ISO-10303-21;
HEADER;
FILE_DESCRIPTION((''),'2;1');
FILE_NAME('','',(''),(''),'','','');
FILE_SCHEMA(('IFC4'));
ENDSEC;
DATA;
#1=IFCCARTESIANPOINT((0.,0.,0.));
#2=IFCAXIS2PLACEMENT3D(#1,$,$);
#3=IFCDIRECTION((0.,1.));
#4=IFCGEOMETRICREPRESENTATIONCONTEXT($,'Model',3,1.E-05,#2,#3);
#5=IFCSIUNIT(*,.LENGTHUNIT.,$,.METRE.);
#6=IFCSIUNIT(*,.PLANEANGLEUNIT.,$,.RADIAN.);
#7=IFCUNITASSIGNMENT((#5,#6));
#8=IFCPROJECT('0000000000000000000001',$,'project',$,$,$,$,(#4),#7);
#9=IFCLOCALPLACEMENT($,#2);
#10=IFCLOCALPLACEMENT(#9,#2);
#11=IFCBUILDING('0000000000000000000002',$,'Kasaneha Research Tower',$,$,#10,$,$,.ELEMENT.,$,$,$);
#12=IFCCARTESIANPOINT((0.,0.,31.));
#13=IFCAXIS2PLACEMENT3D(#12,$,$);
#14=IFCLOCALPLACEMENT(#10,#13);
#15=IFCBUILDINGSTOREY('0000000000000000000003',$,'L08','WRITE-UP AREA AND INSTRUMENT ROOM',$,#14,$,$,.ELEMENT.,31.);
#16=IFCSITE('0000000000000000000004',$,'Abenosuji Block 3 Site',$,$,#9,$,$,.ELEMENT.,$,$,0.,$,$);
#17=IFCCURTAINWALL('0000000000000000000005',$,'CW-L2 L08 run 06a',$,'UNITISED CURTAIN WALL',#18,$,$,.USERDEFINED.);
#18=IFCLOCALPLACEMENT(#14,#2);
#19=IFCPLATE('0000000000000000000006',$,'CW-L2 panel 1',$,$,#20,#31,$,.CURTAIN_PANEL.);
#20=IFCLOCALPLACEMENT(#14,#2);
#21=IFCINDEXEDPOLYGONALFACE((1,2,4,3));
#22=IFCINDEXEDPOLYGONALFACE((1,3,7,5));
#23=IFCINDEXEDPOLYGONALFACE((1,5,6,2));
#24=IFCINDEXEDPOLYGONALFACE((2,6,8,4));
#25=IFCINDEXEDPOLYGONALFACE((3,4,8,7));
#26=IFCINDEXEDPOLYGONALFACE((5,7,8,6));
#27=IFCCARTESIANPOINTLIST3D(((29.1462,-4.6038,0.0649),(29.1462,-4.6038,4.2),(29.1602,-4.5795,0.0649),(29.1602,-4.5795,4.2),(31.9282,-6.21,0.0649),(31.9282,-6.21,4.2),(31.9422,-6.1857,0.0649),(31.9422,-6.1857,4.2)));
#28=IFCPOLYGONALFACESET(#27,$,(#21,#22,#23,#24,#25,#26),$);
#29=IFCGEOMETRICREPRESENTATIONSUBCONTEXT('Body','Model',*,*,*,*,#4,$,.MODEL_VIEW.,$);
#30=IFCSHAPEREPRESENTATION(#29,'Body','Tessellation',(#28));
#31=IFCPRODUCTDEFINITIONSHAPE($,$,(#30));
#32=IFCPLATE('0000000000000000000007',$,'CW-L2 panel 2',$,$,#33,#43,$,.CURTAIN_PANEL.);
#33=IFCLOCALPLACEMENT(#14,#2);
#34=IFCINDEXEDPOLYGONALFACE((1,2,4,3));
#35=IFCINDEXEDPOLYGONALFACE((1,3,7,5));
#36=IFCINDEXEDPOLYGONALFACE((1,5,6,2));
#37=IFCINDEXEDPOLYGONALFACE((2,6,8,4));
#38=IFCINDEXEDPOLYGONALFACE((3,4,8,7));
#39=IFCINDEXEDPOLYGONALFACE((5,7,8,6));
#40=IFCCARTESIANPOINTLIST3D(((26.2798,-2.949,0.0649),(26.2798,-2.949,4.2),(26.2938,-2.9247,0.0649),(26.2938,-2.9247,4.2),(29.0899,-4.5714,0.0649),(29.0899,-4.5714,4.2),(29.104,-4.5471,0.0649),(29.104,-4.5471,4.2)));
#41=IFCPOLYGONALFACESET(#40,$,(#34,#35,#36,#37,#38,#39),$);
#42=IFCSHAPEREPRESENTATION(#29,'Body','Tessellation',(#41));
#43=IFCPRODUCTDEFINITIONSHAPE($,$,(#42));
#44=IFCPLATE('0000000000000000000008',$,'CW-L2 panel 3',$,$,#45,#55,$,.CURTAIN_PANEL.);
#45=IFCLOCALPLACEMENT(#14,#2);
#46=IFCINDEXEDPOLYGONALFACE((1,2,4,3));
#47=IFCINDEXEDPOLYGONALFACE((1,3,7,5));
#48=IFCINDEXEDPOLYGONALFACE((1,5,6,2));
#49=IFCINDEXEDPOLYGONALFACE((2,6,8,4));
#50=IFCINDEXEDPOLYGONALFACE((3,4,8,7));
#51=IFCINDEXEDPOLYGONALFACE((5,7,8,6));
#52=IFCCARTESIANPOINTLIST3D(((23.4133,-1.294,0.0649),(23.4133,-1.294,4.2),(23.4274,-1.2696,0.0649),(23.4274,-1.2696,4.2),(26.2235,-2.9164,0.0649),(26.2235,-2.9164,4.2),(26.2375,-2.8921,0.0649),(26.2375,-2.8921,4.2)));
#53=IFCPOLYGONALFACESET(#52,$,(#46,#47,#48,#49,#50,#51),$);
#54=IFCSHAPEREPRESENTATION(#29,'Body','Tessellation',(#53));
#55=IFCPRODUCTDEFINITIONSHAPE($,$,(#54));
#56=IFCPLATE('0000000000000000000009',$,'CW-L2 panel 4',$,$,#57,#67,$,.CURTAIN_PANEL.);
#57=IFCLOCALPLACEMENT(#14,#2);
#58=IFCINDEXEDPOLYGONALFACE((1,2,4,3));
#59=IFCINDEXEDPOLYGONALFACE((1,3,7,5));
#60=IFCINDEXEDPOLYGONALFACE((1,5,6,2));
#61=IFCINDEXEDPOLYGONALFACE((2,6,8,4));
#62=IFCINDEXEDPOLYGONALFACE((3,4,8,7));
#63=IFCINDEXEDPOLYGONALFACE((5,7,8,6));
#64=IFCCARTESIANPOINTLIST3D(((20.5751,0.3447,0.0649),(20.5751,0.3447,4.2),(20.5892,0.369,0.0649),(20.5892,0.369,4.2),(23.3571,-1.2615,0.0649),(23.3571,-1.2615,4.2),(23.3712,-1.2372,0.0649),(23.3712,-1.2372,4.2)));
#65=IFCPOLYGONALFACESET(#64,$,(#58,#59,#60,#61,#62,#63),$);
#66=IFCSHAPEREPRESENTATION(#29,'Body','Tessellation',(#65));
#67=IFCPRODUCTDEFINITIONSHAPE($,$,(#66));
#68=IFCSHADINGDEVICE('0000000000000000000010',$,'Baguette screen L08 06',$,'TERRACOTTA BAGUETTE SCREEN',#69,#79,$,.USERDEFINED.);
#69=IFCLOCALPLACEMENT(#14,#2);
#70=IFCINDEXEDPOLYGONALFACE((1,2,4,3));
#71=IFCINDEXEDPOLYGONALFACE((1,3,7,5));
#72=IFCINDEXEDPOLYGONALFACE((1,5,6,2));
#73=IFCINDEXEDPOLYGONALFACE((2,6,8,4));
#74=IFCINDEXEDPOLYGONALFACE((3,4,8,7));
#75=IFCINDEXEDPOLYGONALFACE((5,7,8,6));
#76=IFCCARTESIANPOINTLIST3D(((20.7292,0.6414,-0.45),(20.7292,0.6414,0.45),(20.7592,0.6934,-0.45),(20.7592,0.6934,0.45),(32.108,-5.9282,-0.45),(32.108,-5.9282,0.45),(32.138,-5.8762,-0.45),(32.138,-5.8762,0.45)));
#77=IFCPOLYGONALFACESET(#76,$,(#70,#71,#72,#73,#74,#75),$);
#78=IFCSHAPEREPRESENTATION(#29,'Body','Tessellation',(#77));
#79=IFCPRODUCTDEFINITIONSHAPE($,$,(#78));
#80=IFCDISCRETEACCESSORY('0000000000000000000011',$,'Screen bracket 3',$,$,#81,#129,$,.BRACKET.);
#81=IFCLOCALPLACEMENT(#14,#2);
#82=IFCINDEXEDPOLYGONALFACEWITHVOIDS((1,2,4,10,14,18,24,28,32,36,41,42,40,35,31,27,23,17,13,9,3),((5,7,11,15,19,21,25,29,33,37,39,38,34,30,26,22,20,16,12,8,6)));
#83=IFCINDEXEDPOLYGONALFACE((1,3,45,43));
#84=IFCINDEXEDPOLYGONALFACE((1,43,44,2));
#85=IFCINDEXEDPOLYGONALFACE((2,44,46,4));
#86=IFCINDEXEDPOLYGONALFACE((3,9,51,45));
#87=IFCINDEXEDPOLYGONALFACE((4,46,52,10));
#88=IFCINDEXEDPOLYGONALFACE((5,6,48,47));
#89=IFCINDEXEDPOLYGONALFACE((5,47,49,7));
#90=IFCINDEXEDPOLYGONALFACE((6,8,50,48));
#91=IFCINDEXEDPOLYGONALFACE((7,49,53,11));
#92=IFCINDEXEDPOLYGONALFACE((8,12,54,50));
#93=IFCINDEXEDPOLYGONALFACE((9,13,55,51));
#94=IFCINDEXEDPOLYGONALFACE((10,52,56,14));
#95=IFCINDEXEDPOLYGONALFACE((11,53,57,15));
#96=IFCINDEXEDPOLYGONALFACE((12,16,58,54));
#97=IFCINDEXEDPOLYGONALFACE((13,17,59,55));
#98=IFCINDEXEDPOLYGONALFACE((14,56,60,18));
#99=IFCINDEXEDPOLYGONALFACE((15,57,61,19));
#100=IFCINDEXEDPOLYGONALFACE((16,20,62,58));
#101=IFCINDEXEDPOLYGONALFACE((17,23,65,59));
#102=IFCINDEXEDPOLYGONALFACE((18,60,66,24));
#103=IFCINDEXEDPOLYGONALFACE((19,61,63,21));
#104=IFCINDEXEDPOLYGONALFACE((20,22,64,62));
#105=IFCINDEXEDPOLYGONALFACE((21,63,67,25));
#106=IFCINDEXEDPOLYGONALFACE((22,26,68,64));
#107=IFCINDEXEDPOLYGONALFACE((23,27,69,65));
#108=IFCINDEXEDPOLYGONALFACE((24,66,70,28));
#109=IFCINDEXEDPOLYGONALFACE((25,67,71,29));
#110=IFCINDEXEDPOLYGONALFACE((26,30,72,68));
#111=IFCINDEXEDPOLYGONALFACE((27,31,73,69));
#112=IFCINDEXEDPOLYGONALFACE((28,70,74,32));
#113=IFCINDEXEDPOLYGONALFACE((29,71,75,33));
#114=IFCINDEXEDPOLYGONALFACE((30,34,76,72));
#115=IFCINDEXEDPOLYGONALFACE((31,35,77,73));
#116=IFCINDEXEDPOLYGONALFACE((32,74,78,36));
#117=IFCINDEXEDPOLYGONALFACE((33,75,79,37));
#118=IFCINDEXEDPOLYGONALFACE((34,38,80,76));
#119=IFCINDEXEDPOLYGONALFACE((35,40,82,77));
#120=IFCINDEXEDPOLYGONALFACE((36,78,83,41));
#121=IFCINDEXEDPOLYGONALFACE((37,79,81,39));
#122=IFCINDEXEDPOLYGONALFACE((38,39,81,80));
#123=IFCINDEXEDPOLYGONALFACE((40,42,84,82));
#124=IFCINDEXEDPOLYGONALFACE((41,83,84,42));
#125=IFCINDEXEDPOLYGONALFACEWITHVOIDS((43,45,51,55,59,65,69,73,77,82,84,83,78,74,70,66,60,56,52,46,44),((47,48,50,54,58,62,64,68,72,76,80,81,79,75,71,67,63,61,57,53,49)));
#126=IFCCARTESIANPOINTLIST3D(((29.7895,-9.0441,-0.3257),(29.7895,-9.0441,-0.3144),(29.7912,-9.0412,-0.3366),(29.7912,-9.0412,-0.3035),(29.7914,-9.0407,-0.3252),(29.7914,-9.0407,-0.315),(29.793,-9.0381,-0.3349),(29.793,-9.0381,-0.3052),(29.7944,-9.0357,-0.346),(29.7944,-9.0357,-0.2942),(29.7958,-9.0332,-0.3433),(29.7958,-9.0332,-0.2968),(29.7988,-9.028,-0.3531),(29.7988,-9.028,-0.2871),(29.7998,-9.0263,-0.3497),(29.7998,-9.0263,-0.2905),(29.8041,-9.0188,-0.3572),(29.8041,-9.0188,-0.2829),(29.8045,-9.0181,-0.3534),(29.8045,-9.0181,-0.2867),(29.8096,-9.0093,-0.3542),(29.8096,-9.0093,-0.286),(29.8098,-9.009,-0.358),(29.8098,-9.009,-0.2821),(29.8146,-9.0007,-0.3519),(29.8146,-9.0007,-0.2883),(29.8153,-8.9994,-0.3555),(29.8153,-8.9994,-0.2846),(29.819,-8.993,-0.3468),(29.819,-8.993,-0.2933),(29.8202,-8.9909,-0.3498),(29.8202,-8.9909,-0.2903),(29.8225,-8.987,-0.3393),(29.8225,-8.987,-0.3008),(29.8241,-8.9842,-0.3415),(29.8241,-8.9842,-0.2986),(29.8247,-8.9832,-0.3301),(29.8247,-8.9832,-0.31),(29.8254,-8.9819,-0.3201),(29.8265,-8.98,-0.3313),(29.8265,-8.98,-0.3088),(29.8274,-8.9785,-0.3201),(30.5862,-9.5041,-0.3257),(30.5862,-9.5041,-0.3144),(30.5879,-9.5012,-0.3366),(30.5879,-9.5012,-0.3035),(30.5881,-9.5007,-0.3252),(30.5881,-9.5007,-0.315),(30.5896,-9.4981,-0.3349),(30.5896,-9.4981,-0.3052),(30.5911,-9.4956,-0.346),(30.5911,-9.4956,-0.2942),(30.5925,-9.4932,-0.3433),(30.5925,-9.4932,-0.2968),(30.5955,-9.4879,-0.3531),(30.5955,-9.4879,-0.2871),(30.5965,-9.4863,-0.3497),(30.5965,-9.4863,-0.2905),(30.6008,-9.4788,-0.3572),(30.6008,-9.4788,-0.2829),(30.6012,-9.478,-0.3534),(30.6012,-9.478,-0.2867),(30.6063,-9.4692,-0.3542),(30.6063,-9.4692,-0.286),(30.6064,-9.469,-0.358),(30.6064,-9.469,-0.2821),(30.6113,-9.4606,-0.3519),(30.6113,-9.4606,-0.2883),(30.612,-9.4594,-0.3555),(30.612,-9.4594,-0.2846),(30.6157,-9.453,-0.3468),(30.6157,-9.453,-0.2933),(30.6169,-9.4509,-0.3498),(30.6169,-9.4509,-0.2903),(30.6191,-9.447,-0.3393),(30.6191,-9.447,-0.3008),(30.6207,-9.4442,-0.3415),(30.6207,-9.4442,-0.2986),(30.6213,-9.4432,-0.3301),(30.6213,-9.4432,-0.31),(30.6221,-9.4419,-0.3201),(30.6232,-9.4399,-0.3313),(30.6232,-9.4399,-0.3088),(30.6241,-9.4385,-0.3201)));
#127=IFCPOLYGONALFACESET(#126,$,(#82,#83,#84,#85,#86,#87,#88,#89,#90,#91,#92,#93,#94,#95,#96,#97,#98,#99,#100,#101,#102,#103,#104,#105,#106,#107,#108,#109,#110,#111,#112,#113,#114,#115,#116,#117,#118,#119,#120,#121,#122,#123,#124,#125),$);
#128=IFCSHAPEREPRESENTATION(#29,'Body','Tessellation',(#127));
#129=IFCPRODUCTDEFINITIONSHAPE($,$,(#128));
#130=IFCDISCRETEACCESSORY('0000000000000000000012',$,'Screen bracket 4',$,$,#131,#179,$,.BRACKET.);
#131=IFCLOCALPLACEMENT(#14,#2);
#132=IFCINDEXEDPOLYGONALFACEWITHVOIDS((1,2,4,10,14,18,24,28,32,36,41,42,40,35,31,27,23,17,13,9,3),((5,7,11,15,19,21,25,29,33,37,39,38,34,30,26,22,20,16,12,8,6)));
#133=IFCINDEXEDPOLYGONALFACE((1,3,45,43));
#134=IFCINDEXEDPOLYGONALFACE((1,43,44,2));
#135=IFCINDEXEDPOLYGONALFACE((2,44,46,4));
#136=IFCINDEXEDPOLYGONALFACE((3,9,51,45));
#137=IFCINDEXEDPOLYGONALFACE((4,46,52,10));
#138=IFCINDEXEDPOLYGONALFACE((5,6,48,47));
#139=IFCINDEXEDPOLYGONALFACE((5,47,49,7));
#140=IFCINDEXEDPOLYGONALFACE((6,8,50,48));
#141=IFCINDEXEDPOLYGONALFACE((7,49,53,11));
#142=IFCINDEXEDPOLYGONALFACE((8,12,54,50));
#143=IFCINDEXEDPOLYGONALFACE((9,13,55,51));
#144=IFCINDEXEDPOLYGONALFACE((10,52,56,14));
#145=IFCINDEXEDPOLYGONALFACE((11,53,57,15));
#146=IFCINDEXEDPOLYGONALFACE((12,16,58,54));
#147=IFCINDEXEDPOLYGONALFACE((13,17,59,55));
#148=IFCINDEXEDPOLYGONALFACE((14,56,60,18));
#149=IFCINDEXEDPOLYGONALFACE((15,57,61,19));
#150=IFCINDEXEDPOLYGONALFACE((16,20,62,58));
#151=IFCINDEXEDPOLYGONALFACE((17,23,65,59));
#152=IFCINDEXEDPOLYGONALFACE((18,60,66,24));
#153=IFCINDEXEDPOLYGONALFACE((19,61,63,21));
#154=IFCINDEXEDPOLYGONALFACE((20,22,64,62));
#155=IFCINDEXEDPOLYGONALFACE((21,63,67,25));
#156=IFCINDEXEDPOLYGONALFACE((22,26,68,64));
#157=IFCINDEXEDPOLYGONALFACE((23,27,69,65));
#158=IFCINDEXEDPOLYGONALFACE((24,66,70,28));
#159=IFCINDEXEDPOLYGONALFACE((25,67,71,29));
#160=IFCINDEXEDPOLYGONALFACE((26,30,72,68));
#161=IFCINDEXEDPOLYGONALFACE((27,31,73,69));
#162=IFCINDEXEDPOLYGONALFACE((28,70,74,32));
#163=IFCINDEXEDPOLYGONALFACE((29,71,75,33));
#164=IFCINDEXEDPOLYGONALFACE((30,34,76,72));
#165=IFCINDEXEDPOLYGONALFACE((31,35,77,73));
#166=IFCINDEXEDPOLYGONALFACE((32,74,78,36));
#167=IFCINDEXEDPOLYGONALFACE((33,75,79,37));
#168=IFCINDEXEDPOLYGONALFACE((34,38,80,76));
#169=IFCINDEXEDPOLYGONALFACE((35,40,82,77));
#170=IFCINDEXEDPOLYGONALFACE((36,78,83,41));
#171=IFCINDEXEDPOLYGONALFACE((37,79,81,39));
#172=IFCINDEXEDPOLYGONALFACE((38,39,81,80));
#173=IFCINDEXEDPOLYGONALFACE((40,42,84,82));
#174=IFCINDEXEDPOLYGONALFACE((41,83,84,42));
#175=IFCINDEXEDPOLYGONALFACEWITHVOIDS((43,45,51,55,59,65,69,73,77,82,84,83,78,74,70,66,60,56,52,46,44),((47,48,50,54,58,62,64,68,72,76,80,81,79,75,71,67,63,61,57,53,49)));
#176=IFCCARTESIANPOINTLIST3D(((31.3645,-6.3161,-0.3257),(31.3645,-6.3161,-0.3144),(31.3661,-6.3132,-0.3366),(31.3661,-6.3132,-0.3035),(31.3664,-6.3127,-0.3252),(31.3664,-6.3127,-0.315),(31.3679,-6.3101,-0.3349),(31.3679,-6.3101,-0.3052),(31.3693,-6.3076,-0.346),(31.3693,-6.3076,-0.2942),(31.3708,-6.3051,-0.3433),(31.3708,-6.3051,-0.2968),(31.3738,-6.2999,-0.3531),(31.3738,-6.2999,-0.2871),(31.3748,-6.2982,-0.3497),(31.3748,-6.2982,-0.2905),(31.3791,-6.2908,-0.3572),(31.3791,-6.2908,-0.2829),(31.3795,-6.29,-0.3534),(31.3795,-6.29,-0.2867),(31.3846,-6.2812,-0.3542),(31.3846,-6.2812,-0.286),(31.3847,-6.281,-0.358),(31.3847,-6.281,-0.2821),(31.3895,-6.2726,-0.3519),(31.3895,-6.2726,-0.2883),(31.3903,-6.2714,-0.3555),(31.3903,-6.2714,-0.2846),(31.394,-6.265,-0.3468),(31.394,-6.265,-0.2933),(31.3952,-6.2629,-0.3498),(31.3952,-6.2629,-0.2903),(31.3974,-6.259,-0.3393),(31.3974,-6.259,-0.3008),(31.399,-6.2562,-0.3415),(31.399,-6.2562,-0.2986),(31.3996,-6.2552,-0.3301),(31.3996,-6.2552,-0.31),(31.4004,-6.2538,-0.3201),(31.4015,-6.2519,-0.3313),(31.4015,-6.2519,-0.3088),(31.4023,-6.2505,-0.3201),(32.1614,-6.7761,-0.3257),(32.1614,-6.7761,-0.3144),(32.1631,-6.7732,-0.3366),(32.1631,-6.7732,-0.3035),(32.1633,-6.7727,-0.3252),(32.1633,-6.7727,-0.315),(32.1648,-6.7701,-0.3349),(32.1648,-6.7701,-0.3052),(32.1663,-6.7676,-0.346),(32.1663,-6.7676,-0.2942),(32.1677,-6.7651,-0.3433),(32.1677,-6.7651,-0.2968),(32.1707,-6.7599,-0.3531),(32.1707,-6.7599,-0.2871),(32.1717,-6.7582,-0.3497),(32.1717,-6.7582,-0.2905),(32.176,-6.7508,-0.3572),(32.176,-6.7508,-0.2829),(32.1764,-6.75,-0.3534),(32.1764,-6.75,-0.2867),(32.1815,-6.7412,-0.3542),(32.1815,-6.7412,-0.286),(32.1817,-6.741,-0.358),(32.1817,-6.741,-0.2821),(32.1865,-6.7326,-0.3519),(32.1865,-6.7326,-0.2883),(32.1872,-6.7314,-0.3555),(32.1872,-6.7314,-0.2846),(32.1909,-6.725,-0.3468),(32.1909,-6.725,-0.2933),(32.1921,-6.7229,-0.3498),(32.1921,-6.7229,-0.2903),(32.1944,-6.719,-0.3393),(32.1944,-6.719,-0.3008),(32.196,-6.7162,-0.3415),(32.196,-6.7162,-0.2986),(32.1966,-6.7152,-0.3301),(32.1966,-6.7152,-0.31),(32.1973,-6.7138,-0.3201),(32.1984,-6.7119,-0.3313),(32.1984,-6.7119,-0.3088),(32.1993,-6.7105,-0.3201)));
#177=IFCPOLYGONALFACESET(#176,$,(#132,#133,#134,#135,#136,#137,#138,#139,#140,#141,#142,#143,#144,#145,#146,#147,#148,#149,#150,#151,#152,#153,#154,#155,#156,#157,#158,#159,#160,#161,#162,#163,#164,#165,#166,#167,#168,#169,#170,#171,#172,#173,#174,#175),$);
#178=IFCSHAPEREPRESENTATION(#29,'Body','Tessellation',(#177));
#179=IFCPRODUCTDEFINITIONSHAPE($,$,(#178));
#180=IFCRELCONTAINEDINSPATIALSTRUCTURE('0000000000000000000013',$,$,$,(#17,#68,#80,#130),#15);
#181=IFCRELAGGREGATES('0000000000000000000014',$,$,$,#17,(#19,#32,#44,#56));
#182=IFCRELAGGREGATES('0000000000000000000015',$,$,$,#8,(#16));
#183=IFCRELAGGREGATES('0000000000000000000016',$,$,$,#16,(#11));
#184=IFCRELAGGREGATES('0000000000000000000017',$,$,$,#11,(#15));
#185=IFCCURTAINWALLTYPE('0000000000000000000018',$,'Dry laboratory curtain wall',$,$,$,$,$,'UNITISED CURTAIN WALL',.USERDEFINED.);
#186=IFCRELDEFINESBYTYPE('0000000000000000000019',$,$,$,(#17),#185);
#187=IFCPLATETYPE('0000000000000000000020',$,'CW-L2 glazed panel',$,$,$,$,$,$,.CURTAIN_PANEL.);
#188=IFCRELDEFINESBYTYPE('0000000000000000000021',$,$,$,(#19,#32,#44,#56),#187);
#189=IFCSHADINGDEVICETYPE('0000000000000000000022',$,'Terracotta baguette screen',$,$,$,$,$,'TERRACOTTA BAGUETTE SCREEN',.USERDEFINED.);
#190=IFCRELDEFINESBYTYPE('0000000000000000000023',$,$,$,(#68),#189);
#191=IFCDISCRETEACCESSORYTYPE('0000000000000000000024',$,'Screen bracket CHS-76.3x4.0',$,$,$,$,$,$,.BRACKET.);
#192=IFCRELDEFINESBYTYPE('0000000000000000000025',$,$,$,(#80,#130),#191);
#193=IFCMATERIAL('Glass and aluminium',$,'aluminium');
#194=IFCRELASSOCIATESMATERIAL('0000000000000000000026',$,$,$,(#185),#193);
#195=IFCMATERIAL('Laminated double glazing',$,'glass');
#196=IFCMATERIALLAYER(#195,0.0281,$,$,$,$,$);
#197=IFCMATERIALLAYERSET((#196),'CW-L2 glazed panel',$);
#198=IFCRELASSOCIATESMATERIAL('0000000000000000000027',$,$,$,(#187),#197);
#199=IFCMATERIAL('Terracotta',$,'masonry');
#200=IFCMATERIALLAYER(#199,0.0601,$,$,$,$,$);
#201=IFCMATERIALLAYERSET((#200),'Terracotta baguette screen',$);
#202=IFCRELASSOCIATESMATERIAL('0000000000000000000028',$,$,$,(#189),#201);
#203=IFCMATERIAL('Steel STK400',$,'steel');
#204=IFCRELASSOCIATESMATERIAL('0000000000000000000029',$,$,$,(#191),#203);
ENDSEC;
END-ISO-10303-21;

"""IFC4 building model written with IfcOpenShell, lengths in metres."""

from ifc_helpers import new_model, si_unit, direction, frame, origin, origin_2d, place, context, subcontext, project, spatial, rectangle, hollow_circle, extrude, material, layer, layer_set, material_profile, profile_set, type_object, element, aggregate, save


model = new_model("IFC4")

# Units and contexts
model_context = context("Model", 3, precision=1e-05, world=origin(), true_north=direction((0.0, 1.0)))
body_context = subcontext(model_context, "Body", "Model", "MODEL_VIEW")
ifc_project = project(units=[si_unit("LENGTHUNIT", "METRE"), si_unit("PLANEANGLEUNIT", "RADIAN")], contexts=[model_context])

# Site, building, storey
site_placement = place(None, origin())
site = spatial("IfcSite", under=ifc_project, at=site_placement, Name="Abenosuji Block 3 Site", CompositionType="ELEMENT", RefElevation=0.0)
building_placement = place(site_placement, origin())
building = spatial("IfcBuilding", under=site, at=building_placement, Name="Kasaneha Research Tower", CompositionType="ELEMENT")
storey_placement = place(building_placement, frame((0.0, 0.0, 31.0)))
storey = spatial("IfcBuildingStorey", under=building, at=storey_placement, Name="L08", Description="WRITE-UP AREA AND INSTRUMENT ROOM", CompositionType="ELEMENT", Elevation=31.0)

# Curtain wall
ifc_material_1 = material(Name="Glass and aluminium", Category="aluminium")
curtain_wall_type = type_object("IfcCurtainWallType", Name="Dry laboratory curtain wall", ElementType="UNITISED CURTAIN WALL", PredefinedType="USERDEFINED", material=ifc_material_1)
curtain_wall_1_placement = place(storey_placement, origin())
curtain_wall_1 = element("IfcCurtainWall", 1, at=curtain_wall_1_placement, inside=storey, type_object=curtain_wall_type, Name="CW-L2 L08 run 06a", ObjectType="UNITISED CURTAIN WALL", PredefinedType="USERDEFINED")

# Plates
ifc_material_2 = material(Name="Laminated double glazing", Category="glass")
ifc_layer_1 = layer(ifc_material_2, 0.0281)
ifc_layer_set_1 = layer_set([ifc_layer_1], Name="CW-L2 glazed panel")
plate_type = type_object("IfcPlateType", Name="CW-L2 glazed panel", PredefinedType="CURTAIN_PANEL", material=ifc_layer_set_1)
plate_1_placement = place(storey_placement, frame((30.5442, -5.3948, 0.0649), z_axis=(0.0, 0.0, 1.0), x_axis=(-0.866025, 0.5, 0.0)))
plate_1 = element("IfcPlate", 2, at=plate_1_placement, type_object=plate_type, Name="CW-L2 panel 1", PredefinedType="CURTAIN_PANEL", context=body_context, shape_type="SweptSolid", body=[
    extrude(rectangle(XDim=3.2124, YDim=0.0281, at=origin_2d()), origin(), (0.0, 0.0, 1.0), 4.135),
])
plate_2_placement = place(storey_placement, frame((27.6919, -3.748, 0.0649), z_axis=(0.0, 0.0, 1.0), x_axis=(-0.866025, 0.5, 0.0)))
plate_2 = element("IfcPlate", 3, at=plate_2_placement, type_object=plate_type, Name="CW-L2 panel 2", PredefinedType="CURTAIN_PANEL", context=body_context, shape_type="SweptSolid", body=[
    extrude(rectangle(XDim=3.2449, YDim=0.0281, at=origin_2d()), origin(), (0.0, 0.0, 1.0), 4.135),
])
plate_3_placement = place(storey_placement, frame((24.8254, -2.093, 0.0649), z_axis=(0.0, 0.0, 1.0), x_axis=(-0.866025, 0.5, 0.0)))
plate_3 = element("IfcPlate", 4, at=plate_3_placement, type_object=plate_type, Name="CW-L2 panel 3", PredefinedType="CURTAIN_PANEL", context=body_context, shape_type="SweptSolid", body=[
    extrude(rectangle(XDim=3.2449, YDim=0.0281, at=origin_2d()), origin(), (0.0, 0.0, 1.0), 4.135),
])
plate_4_placement = place(storey_placement, frame((21.9731, -0.4463, 0.0649), z_axis=(0.0, 0.0, 1.0), x_axis=(-0.866025, 0.5, 0.0)))
plate_4 = element("IfcPlate", 5, at=plate_4_placement, type_object=plate_type, Name="CW-L2 panel 4", PredefinedType="CURTAIN_PANEL", context=body_context, shape_type="SweptSolid", body=[
    extrude(rectangle(XDim=3.2124, YDim=0.0281, at=origin_2d()), origin(), (0.0, 0.0, 1.0), 4.135),
])
aggregate(curtain_wall_1, [plate_1, plate_2, plate_3, plate_4])

# Shading device
ifc_material_3 = material(Name="Terracotta", Category="masonry")
ifc_layer_2 = layer(ifc_material_3, 0.0601)
ifc_layer_set_2 = layer_set([ifc_layer_2], Name="Terracotta baguette screen")
shading_device_type = type_object("IfcShadingDeviceType", Name="Terracotta baguette screen", ElementType="TERRACOTTA BAGUETTE SCREEN", PredefinedType="USERDEFINED", material=ifc_layer_set_2)
shading_device_placement = place(storey_placement, frame((26.4336, -2.6174, -0.45), z_axis=(0.0, 0.0, 1.0), x_axis=(-0.866025, 0.5, 0.0)))
element("IfcShadingDevice", 6, at=shading_device_placement, inside=storey, type_object=shading_device_type, Name="Baguette screen L08 06", ObjectType="TERRACOTTA BAGUETTE SCREEN", PredefinedType="USERDEFINED", context=body_context, shape_type="SweptSolid", body=[
    extrude(rectangle(XDim=13.1392, YDim=0.0601, at=origin_2d()), origin(), (0.0, 0.0, 1.0), 0.8999),
])

# Discrete accessories
ifc_material_4 = material(Name="Steel STK400", Category="steel")
ifc_material_profile_1 = material_profile(ifc_material_4, hollow_circle(Radius=0.0381, WallThickness=0.0039, at=origin_2d()), Name="CHS-76.3x4.0")
ifc_profile_set_1 = profile_set([ifc_material_profile_1], Name="Steel STK400")
discrete_accessory_type = type_object("IfcDiscreteAccessoryType", Name="Screen bracket CHS-76.3x4.0", PredefinedType="BRACKET", material=ifc_profile_set_1)
discrete_accessory_1_placement = place(storey_placement, frame((29.8083, -9.0115, -0.3201), z_axis=(0.866013, -0.500021, 0.0), x_axis=(0.500021, 0.866013, 0.0)))
element("IfcDiscreteAccessory", 7, at=discrete_accessory_1_placement, inside=storey, type_object=discrete_accessory_type, Name="Screen bracket 3", PredefinedType="BRACKET", context=body_context, shape_type="SweptSolid", body=[
    extrude(hollow_circle(Radius=0.0381, WallThickness=0.0039, at=origin_2d()), origin(), (0.0, 0.0, 1.0), 0.9199),
])
discrete_accessory_2_placement = place(storey_placement, frame((31.3833, -6.2834, -0.3201), z_axis=(0.86608, -0.499906, 0.0), x_axis=(0.499906, 0.86608, 0.0)))
element("IfcDiscreteAccessory", 8, at=discrete_accessory_2_placement, inside=storey, type_object=discrete_accessory_type, Name="Screen bracket 4", PredefinedType="BRACKET", context=body_context, shape_type="SweptSolid", body=[
    extrude(hollow_circle(Radius=0.0381, WallThickness=0.0039, at=origin_2d()), origin(), (0.0, 0.0, 1.0), 0.9202),
])

save(model, "model.ifc")
